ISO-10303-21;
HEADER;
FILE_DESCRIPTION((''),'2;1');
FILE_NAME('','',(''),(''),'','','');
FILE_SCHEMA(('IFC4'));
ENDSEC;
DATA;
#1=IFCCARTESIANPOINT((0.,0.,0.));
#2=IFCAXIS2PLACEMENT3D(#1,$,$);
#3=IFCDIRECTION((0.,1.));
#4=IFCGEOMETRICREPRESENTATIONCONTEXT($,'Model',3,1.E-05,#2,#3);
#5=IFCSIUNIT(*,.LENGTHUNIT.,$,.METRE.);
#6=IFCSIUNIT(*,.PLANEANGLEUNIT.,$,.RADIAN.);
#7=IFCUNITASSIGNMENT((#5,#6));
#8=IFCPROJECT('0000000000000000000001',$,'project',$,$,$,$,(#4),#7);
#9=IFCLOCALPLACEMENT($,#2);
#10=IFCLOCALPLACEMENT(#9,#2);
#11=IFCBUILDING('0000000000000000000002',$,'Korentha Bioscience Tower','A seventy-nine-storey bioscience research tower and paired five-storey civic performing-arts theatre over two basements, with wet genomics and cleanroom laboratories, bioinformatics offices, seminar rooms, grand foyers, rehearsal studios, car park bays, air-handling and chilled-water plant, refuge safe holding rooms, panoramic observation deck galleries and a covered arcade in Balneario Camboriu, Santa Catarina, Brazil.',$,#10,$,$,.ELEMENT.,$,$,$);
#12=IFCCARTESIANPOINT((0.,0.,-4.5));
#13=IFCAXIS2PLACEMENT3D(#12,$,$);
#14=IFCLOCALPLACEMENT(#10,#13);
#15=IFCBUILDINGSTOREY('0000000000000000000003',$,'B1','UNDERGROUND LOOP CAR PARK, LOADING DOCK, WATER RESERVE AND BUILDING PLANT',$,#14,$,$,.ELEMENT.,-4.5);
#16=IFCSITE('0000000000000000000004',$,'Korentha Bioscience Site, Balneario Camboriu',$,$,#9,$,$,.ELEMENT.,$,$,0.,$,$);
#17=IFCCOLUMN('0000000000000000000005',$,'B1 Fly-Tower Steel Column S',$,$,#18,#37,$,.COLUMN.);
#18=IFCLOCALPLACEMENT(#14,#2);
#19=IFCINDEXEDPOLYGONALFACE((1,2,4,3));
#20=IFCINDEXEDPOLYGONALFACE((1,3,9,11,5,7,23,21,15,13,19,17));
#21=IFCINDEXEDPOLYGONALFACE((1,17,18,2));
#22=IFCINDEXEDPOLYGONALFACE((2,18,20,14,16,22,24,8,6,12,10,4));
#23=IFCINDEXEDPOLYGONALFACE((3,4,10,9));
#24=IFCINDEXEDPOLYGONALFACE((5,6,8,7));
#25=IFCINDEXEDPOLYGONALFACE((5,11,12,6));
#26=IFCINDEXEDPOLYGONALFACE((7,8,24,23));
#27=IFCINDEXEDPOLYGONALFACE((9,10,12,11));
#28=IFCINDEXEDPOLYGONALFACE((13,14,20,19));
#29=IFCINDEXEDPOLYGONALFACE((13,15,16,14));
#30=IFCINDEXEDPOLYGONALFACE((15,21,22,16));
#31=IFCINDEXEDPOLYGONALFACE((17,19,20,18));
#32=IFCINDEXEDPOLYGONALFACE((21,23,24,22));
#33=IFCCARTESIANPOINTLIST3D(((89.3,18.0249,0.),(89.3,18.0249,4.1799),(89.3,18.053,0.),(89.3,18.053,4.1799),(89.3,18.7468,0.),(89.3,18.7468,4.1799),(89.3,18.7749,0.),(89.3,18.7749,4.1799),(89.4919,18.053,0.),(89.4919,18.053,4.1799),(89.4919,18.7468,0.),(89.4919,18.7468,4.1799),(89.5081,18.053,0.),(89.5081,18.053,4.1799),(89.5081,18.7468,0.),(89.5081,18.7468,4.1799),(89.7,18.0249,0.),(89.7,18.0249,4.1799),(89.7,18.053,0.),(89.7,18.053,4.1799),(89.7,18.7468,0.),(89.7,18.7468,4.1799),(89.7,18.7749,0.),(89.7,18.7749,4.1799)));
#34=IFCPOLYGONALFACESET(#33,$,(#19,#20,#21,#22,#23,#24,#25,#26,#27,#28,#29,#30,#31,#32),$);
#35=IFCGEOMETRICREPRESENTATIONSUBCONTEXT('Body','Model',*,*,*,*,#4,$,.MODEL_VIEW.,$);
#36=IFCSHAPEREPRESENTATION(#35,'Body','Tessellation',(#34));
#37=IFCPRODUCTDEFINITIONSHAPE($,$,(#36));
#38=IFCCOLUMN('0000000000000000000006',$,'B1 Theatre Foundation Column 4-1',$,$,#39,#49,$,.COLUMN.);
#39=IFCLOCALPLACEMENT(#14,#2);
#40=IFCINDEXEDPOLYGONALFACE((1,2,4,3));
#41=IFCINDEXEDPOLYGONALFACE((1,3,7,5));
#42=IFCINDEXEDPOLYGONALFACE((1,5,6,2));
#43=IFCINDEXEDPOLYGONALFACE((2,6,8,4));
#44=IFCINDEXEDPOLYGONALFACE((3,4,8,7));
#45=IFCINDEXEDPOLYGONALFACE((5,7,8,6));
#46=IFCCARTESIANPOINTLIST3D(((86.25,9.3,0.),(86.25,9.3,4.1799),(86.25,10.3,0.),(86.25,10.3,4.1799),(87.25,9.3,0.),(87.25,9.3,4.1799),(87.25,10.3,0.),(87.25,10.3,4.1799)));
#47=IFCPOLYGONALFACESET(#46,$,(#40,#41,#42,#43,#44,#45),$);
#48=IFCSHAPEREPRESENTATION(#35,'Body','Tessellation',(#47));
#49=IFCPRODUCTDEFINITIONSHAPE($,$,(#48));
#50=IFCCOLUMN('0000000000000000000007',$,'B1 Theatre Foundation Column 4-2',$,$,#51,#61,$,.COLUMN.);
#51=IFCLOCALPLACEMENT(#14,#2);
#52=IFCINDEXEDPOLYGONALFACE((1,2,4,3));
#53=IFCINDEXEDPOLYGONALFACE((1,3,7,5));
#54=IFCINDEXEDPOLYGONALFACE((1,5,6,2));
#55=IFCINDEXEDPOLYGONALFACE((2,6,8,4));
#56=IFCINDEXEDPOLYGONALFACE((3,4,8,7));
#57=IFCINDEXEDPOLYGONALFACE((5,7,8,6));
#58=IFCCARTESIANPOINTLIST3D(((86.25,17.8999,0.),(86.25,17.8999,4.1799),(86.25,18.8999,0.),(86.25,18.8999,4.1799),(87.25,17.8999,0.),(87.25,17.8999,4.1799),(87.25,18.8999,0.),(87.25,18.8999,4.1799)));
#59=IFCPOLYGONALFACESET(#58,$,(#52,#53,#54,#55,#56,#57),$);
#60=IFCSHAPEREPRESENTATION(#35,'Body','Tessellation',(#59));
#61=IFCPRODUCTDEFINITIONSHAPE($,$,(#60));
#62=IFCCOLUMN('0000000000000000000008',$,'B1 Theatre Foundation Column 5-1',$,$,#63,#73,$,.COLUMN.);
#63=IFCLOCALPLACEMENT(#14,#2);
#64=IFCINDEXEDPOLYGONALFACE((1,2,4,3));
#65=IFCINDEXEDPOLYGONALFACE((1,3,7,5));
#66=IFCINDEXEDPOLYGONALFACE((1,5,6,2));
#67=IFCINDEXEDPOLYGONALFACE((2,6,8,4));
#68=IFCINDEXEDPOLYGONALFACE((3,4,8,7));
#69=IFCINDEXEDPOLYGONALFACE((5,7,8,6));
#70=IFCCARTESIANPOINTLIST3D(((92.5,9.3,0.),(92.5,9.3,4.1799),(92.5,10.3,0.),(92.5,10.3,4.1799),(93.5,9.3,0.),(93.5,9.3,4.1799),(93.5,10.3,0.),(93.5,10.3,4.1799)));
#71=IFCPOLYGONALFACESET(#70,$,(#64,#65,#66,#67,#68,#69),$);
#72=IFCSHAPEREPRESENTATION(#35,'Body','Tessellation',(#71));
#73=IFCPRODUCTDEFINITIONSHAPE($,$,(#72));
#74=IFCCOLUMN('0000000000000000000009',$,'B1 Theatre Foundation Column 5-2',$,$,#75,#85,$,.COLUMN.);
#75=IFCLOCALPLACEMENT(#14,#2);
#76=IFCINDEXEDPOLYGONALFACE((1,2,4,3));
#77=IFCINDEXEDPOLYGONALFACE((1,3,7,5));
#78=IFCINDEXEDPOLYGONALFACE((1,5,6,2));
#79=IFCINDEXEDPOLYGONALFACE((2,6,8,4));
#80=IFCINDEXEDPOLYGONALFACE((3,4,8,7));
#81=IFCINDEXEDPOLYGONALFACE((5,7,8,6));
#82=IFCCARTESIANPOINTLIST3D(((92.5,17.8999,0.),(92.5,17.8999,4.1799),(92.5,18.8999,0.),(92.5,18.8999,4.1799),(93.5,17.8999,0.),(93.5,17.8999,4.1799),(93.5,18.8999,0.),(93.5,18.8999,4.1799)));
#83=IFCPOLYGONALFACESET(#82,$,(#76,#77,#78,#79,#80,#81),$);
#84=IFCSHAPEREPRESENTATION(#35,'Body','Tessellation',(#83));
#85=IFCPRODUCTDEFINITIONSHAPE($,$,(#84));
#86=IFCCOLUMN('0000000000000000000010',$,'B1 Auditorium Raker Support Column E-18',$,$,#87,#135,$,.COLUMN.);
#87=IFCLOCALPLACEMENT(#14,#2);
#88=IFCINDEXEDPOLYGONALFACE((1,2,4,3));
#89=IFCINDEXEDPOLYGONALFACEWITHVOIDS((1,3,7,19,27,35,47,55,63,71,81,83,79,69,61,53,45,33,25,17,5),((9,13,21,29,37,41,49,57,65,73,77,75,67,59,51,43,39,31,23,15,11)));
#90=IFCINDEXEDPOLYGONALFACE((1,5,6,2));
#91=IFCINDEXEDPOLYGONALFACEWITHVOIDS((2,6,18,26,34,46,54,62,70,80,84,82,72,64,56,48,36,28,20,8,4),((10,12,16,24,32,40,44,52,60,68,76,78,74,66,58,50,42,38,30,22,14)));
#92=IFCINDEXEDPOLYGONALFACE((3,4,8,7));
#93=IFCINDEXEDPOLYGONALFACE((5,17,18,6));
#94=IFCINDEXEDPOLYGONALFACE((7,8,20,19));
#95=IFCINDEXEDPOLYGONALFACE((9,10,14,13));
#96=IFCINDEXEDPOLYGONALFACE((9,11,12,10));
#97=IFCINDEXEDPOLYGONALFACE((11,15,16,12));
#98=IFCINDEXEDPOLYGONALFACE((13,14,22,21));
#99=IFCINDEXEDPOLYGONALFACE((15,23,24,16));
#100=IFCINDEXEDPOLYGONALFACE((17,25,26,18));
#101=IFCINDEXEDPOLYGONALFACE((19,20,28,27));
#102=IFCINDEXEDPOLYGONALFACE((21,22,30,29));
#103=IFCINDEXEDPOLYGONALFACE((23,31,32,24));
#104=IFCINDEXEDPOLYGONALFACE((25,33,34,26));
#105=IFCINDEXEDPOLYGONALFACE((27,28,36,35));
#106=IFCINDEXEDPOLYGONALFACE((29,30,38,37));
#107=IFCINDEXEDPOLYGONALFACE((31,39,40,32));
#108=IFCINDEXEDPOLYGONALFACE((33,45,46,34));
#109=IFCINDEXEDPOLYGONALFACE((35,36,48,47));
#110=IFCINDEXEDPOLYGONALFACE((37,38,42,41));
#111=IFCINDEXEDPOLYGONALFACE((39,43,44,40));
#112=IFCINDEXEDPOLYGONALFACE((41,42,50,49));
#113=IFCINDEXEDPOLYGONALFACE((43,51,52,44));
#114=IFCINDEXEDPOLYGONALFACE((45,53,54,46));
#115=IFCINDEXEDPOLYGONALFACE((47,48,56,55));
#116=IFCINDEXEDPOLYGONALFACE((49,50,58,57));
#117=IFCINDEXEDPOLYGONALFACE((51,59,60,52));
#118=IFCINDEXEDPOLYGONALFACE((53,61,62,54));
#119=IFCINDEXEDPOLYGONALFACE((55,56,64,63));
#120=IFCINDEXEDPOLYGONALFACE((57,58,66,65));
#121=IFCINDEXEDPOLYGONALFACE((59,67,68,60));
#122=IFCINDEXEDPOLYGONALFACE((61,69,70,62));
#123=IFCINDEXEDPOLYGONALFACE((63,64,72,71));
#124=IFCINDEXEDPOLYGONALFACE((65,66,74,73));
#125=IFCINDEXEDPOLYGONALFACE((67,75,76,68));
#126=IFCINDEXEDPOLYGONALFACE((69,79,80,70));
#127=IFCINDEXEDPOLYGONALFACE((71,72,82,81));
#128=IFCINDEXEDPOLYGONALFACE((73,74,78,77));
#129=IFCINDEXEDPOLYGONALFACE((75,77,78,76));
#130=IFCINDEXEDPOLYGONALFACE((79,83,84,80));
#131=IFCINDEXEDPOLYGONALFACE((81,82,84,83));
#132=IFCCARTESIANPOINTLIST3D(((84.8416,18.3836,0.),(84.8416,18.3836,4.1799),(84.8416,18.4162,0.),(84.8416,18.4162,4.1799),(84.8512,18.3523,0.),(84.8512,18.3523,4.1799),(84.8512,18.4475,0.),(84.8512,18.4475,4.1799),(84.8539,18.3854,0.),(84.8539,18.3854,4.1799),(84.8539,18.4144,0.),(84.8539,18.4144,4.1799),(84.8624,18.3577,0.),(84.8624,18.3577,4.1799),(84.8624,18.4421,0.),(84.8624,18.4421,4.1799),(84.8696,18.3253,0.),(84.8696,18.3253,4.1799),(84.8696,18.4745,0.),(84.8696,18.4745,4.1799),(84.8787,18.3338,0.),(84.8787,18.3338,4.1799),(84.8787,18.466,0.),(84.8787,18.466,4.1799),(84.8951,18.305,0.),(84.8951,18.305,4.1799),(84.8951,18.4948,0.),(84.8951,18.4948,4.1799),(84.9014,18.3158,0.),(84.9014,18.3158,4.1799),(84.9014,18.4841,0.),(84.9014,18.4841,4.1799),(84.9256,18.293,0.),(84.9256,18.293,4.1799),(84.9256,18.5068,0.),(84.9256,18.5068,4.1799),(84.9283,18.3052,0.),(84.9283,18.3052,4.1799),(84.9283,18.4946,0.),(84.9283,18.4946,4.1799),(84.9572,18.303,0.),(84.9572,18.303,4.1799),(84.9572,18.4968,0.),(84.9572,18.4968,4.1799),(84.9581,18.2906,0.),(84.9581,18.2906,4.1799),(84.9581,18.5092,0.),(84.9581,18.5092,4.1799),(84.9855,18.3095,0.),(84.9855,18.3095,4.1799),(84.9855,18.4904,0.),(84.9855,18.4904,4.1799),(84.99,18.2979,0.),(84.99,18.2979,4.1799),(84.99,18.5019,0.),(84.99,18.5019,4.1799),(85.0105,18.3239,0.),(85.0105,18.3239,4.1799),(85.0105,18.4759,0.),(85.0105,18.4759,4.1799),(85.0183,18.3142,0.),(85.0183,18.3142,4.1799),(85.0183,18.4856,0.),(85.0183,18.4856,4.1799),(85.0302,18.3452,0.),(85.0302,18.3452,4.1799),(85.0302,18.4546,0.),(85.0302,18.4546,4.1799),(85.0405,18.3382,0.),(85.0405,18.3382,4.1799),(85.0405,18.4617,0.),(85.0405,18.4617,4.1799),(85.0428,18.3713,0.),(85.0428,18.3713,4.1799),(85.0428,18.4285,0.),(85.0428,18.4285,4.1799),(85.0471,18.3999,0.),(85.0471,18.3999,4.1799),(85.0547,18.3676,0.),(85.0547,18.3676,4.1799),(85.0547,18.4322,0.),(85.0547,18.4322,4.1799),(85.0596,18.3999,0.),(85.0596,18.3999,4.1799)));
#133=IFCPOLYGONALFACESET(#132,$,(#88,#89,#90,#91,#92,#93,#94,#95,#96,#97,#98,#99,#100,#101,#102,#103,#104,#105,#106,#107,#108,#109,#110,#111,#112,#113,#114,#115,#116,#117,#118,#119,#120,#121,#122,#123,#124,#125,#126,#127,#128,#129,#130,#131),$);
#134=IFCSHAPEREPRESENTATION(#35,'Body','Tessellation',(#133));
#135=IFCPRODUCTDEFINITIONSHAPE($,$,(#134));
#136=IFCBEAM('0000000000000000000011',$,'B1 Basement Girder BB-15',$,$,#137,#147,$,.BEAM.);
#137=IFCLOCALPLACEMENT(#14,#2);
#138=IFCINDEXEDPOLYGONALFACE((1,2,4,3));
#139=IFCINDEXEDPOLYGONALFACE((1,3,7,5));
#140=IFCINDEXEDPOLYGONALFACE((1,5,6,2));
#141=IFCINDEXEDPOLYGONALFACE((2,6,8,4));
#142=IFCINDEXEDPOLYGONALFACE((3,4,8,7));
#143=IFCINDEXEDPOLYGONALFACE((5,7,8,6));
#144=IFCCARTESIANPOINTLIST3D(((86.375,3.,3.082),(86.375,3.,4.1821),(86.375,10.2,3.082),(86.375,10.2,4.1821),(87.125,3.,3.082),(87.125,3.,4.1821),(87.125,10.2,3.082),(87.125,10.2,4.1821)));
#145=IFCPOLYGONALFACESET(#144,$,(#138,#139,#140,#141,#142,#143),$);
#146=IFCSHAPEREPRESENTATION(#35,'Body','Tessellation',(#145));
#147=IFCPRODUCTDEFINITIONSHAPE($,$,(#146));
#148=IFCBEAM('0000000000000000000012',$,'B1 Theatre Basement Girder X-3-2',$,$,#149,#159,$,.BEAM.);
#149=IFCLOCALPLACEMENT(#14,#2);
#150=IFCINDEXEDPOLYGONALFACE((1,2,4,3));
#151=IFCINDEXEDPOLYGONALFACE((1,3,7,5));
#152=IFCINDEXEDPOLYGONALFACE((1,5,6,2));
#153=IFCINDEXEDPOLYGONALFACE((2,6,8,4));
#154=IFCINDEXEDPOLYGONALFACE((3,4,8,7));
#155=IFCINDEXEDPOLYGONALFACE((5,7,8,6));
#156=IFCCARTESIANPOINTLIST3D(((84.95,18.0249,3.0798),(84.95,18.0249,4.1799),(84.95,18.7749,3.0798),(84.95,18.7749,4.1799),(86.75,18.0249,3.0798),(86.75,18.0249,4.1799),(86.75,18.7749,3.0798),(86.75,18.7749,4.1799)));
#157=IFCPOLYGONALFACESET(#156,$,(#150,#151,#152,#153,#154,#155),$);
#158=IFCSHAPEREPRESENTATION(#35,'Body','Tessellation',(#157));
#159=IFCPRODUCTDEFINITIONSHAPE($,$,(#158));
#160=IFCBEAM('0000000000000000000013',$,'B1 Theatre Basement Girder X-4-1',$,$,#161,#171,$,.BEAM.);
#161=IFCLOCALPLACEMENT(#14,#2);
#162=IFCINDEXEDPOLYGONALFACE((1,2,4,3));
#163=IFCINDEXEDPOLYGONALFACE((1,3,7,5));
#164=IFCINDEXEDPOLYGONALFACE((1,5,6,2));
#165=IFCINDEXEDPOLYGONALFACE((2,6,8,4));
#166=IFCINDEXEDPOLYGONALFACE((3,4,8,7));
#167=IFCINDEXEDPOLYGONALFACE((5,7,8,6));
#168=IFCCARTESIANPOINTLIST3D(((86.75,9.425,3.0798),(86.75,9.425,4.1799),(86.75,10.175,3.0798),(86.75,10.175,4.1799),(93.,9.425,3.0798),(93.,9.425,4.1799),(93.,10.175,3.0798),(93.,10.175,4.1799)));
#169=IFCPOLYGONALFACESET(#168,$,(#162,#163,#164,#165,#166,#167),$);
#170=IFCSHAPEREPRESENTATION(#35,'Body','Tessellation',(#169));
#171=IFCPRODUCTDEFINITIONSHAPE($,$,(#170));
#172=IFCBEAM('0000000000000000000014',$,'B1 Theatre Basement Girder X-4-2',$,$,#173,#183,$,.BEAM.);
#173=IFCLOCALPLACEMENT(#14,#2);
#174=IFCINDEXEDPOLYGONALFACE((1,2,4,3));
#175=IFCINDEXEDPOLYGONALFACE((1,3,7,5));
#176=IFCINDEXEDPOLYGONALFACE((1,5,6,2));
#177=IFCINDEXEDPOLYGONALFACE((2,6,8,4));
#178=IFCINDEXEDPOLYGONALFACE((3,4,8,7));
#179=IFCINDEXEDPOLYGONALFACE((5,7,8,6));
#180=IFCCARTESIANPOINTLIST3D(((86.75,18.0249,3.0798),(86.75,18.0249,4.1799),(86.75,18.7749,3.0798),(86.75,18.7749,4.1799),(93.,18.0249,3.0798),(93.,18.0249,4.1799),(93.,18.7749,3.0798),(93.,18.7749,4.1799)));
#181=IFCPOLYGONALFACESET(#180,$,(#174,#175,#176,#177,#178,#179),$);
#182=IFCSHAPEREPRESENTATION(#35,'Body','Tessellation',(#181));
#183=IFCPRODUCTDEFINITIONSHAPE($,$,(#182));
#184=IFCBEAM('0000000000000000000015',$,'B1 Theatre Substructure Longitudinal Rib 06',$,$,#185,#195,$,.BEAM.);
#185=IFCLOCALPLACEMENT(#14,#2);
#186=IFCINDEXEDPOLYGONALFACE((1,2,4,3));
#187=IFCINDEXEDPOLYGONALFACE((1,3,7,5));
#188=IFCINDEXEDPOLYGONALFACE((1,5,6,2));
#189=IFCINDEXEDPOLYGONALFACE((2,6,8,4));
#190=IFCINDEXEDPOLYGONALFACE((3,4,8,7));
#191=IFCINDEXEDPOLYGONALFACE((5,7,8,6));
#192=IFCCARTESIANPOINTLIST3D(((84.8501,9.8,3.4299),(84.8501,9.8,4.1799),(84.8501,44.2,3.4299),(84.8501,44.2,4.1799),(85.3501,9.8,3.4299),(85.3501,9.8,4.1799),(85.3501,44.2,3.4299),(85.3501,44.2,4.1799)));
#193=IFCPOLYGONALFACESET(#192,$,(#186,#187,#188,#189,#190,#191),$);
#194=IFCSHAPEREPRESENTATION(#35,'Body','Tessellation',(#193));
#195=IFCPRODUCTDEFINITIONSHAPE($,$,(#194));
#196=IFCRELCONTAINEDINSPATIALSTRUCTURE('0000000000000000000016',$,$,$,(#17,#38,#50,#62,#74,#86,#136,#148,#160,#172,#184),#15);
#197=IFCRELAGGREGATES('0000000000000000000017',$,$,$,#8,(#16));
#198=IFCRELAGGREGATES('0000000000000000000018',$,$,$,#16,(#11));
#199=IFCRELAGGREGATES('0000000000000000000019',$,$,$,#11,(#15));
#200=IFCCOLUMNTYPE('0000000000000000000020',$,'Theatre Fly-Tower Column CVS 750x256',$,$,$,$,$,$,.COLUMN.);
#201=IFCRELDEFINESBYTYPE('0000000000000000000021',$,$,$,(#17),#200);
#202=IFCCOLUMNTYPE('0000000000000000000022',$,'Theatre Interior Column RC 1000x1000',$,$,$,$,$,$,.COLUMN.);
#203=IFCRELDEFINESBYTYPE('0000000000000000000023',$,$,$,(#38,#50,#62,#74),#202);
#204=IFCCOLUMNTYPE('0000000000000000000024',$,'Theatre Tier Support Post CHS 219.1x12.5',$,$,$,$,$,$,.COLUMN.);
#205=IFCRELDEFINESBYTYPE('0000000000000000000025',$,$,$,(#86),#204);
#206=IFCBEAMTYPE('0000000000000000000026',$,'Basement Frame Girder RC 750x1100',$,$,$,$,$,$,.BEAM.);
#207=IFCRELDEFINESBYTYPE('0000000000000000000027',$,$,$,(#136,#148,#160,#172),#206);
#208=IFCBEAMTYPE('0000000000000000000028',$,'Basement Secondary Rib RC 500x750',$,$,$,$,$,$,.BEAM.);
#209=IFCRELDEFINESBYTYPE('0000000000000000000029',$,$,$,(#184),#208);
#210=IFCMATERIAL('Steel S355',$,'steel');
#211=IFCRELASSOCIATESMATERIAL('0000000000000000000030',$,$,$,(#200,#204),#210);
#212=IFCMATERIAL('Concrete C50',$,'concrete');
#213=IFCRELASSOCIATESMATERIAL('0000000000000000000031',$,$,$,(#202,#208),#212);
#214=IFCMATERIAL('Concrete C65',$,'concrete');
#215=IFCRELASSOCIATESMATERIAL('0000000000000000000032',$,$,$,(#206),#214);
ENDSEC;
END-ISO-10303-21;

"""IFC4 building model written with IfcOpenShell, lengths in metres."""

from ifc_helpers import new_model, si_unit, direction, frame, origin, origin_2d, place, context, subcontext, project, spatial, rectangle, hollow_circle, i_section, extrude, material, material_profile, profile_set, type_object, element, save


model = new_model("IFC4")

# Units and contexts
model_context = context("Model", 3, precision=1e-05, world=origin(), true_north=direction((0.0, 1.0)))
body_context = subcontext(model_context, "Body", "Model", "MODEL_VIEW")
ifc_project = project(units=[si_unit("LENGTHUNIT", "METRE"), si_unit("PLANEANGLEUNIT", "RADIAN")], contexts=[model_context])

# Site, building, storey
site_placement = place(None, origin())
site = spatial("IfcSite", under=ifc_project, at=site_placement, Name="Korentha Bioscience Site, Balneario Camboriu", CompositionType="ELEMENT", RefElevation=0.0)
building_placement = place(site_placement, origin())
building = spatial("IfcBuilding", under=site, at=building_placement, Name="Korentha Bioscience Tower", Description="A seventy-nine-storey bioscience research tower and paired five-storey civic performing-arts theatre over two basements, with wet genomics and cleanroom laboratories, bioinformatics offices, seminar rooms, grand foyers, rehearsal studios, car park bays, air-handling and chilled-water plant, refuge safe holding rooms, panoramic observation deck galleries and a covered arcade in Balneario Camboriu, Santa Catarina, Brazil.", CompositionType="ELEMENT")
storey_placement = place(building_placement, frame((0.0, 0.0, -4.5)))
storey = spatial("IfcBuildingStorey", under=building, at=storey_placement, Name="B1", Description="UNDERGROUND LOOP CAR PARK, LOADING DOCK, WATER RESERVE AND BUILDING PLANT", CompositionType="ELEMENT", Elevation=-4.5)

# Columns
ifc_material_1 = material(Name="Steel S355", Category="steel")
ifc_material_profile_1 = material_profile(ifc_material_1, i_section(OverallWidth=0.3999, OverallDepth=0.75, WebThickness=0.0161, FlangeThickness=0.0281, at=origin_2d()), Name="Steel S355")
ifc_profile_set_1 = profile_set([ifc_material_profile_1], Name="Steel S355 (TC-02)")
column_type_1 = type_object("IfcColumnType", Name="Theatre Fly-Tower Column CVS 750x256", PredefinedType="COLUMN", material=ifc_profile_set_1)
column_1_placement = place(storey_placement, frame((89.5, 18.3999, 0.0), z_axis=(0.0, 0.0, 1.0), x_axis=(1.0, 0.0, 0.0)))
element("IfcColumn", 1, at=column_1_placement, inside=storey, type_object=column_type_1, Name="B1 Fly-Tower Steel Column S", PredefinedType="COLUMN", context=body_context, shape_type="SweptSolid", body=[
    extrude(i_section(OverallWidth=0.3999, OverallDepth=0.75, WebThickness=0.0161, FlangeThickness=0.0281, at=origin_2d()), origin(), (0.0, 0.0, 1.0), 4.1799),
])
ifc_material_2 = material(Name="Concrete C50", Category="concrete")
ifc_material_profile_2 = material_profile(ifc_material_2, rectangle(XDim=1.0, YDim=1.0, at=origin_2d()), Name="Concrete C50")
ifc_profile_set_2 = profile_set([ifc_material_profile_2], Name="Concrete C50 (TC-I01)")
column_type_2 = type_object("IfcColumnType", Name="Theatre Interior Column RC 1000x1000", PredefinedType="COLUMN", material=ifc_profile_set_2)
for number, where, z_axis, x_axis, name in (
    (2, (86.75, 9.8, 0.0), (0.0, 0.0, 1.0), (1.0, 0.0, 0.0), "B1 Theatre Foundation Column 4-1"),
    (3, (86.75, 18.3999, 0.0), (0.0, 0.0, 1.0), (1.0, 0.0, 0.0), "B1 Theatre Foundation Column 4-2"),
    (4, (93.0, 9.8, 0.0), (0.0, 0.0, 1.0), (1.0, 0.0, 0.0), "B1 Theatre Foundation Column 5-1"),
    (5, (93.0, 18.3999, 0.0), (0.0, 0.0, 1.0), (1.0, 0.0, 0.0), "B1 Theatre Foundation Column 5-2"),
):
    element("IfcColumn", number, at=place(storey_placement, frame(where, z_axis=z_axis, x_axis=x_axis)), inside=storey, type_object=column_type_2, Name=name, PredefinedType="COLUMN", context=body_context, shape_type="SweptSolid", body=[
        extrude(rectangle(XDim=1.0, YDim=1.0, at=origin_2d()), origin(), (0.0, 0.0, 1.0), 4.1799),
    ])
ifc_material_profile_3 = material_profile(ifc_material_1, hollow_circle(Radius=0.1096, WallThickness=0.0125, at=origin_2d()), Name="Steel S355")
ifc_profile_set_3 = profile_set([ifc_material_profile_3], Name="Steel S355 (TC-P219)")
column_type_3 = type_object("IfcColumnType", Name="Theatre Tier Support Post CHS 219.1x12.5", PredefinedType="COLUMN", material=ifc_profile_set_3)
column_2_placement = place(storey_placement, frame((84.95, 18.3999, 0.0), z_axis=(0.0, 0.0, 1.0), x_axis=(1.0, 0.0, 0.0)))
element("IfcColumn", 6, at=column_2_placement, inside=storey, type_object=column_type_3, Name="B1 Auditorium Raker Support Column E-18", PredefinedType="COLUMN", context=body_context, shape_type="SweptSolid", body=[
    extrude(hollow_circle(Radius=0.1096, WallThickness=0.0125, at=origin_2d()), origin(), (0.0, 0.0, 1.0), 4.1799),
])

# Beams
ifc_material_3 = material(Name="Concrete C65", Category="concrete")
ifc_material_profile_4 = material_profile(ifc_material_3, rectangle(XDim=0.75, YDim=1.1001, at=origin_2d()), Name="Concrete C65")
ifc_profile_set_4 = profile_set([ifc_material_profile_4], Name="Concrete C65 (BB-750)")
beam_type_1 = type_object("IfcBeamType", Name="Basement Frame Girder RC 750x1100", PredefinedType="BEAM", material=ifc_profile_set_4)
beam_1_placement = place(storey_placement, frame((86.75, 3.0, 3.6321), z_axis=(0.0, 1.0, 0.0), x_axis=(-1.0, 0.0, 0.0)))
element("IfcBeam", 7, at=beam_1_placement, inside=storey, type_object=beam_type_1, Name="B1 Basement Girder BB-15", PredefinedType="BEAM", context=body_context, shape_type="SweptSolid", body=[
    extrude(rectangle(XDim=0.75, YDim=1.1001, at=origin_2d()), origin(), (0.0, 0.0, 1.0), 7.2),
])
beam_2_placement = place(storey_placement, frame((84.95, 18.3999, 3.6299), z_axis=(1.0, 0.0, 0.0), x_axis=(0.0, 1.0, 0.0)))
element("IfcBeam", 8, at=beam_2_placement, inside=storey, type_object=beam_type_1, Name="B1 Theatre Basement Girder X-3-2", PredefinedType="BEAM", context=body_context, shape_type="SweptSolid", body=[
    extrude(rectangle(XDim=0.75, YDim=1.1001, at=origin_2d()), origin(), (0.0, 0.0, 1.0), 1.8),
])
for number, where, z_axis, x_axis, name in (
    (9, (86.75, 9.8, 3.6299), (1.0, 0.0, 0.0), (0.0, 1.0, 0.0), "B1 Theatre Basement Girder X-4-1"),
    (10, (86.75, 18.3999, 3.6299), (1.0, 0.0, 0.0), (0.0, 1.0, 0.0), "B1 Theatre Basement Girder X-4-2"),
):
    element("IfcBeam", number, at=place(storey_placement, frame(where, z_axis=z_axis, x_axis=x_axis)), inside=storey, type_object=beam_type_1, Name=name, PredefinedType="BEAM", context=body_context, shape_type="SweptSolid", body=[
        extrude(rectangle(XDim=0.75, YDim=1.1001, at=origin_2d()), origin(), (0.0, 0.0, 1.0), 6.25),
    ])
ifc_material_profile_5 = material_profile(ifc_material_2, rectangle(XDim=0.5, YDim=0.75, at=origin_2d()), Name="Concrete C50")
ifc_profile_set_5 = profile_set([ifc_material_profile_5], Name="Concrete C50 (BB-500)")
beam_type_2 = type_object("IfcBeamType", Name="Basement Secondary Rib RC 500x750", PredefinedType="BEAM", material=ifc_profile_set_5)
for number, where, z_axis, x_axis, name in (
    (11, (85.1001, 9.8, 3.8049), (0.0, 1.0, 0.0), (-1.0, 0.0, 0.0), "B1 Theatre Substructure Longitudinal Rib 06"),
):
    element("IfcBeam", number, at=place(storey_placement, frame(where, z_axis=z_axis, x_axis=x_axis)), inside=storey, type_object=beam_type_2, Name=name, PredefinedType="BEAM", context=body_context, shape_type="SweptSolid", body=[
        extrude(rectangle(XDim=0.5, YDim=0.75, at=origin_2d()), origin(), (0.0, 0.0, 1.0), 34.3999),
    ])

save(model, "model.ifc")
